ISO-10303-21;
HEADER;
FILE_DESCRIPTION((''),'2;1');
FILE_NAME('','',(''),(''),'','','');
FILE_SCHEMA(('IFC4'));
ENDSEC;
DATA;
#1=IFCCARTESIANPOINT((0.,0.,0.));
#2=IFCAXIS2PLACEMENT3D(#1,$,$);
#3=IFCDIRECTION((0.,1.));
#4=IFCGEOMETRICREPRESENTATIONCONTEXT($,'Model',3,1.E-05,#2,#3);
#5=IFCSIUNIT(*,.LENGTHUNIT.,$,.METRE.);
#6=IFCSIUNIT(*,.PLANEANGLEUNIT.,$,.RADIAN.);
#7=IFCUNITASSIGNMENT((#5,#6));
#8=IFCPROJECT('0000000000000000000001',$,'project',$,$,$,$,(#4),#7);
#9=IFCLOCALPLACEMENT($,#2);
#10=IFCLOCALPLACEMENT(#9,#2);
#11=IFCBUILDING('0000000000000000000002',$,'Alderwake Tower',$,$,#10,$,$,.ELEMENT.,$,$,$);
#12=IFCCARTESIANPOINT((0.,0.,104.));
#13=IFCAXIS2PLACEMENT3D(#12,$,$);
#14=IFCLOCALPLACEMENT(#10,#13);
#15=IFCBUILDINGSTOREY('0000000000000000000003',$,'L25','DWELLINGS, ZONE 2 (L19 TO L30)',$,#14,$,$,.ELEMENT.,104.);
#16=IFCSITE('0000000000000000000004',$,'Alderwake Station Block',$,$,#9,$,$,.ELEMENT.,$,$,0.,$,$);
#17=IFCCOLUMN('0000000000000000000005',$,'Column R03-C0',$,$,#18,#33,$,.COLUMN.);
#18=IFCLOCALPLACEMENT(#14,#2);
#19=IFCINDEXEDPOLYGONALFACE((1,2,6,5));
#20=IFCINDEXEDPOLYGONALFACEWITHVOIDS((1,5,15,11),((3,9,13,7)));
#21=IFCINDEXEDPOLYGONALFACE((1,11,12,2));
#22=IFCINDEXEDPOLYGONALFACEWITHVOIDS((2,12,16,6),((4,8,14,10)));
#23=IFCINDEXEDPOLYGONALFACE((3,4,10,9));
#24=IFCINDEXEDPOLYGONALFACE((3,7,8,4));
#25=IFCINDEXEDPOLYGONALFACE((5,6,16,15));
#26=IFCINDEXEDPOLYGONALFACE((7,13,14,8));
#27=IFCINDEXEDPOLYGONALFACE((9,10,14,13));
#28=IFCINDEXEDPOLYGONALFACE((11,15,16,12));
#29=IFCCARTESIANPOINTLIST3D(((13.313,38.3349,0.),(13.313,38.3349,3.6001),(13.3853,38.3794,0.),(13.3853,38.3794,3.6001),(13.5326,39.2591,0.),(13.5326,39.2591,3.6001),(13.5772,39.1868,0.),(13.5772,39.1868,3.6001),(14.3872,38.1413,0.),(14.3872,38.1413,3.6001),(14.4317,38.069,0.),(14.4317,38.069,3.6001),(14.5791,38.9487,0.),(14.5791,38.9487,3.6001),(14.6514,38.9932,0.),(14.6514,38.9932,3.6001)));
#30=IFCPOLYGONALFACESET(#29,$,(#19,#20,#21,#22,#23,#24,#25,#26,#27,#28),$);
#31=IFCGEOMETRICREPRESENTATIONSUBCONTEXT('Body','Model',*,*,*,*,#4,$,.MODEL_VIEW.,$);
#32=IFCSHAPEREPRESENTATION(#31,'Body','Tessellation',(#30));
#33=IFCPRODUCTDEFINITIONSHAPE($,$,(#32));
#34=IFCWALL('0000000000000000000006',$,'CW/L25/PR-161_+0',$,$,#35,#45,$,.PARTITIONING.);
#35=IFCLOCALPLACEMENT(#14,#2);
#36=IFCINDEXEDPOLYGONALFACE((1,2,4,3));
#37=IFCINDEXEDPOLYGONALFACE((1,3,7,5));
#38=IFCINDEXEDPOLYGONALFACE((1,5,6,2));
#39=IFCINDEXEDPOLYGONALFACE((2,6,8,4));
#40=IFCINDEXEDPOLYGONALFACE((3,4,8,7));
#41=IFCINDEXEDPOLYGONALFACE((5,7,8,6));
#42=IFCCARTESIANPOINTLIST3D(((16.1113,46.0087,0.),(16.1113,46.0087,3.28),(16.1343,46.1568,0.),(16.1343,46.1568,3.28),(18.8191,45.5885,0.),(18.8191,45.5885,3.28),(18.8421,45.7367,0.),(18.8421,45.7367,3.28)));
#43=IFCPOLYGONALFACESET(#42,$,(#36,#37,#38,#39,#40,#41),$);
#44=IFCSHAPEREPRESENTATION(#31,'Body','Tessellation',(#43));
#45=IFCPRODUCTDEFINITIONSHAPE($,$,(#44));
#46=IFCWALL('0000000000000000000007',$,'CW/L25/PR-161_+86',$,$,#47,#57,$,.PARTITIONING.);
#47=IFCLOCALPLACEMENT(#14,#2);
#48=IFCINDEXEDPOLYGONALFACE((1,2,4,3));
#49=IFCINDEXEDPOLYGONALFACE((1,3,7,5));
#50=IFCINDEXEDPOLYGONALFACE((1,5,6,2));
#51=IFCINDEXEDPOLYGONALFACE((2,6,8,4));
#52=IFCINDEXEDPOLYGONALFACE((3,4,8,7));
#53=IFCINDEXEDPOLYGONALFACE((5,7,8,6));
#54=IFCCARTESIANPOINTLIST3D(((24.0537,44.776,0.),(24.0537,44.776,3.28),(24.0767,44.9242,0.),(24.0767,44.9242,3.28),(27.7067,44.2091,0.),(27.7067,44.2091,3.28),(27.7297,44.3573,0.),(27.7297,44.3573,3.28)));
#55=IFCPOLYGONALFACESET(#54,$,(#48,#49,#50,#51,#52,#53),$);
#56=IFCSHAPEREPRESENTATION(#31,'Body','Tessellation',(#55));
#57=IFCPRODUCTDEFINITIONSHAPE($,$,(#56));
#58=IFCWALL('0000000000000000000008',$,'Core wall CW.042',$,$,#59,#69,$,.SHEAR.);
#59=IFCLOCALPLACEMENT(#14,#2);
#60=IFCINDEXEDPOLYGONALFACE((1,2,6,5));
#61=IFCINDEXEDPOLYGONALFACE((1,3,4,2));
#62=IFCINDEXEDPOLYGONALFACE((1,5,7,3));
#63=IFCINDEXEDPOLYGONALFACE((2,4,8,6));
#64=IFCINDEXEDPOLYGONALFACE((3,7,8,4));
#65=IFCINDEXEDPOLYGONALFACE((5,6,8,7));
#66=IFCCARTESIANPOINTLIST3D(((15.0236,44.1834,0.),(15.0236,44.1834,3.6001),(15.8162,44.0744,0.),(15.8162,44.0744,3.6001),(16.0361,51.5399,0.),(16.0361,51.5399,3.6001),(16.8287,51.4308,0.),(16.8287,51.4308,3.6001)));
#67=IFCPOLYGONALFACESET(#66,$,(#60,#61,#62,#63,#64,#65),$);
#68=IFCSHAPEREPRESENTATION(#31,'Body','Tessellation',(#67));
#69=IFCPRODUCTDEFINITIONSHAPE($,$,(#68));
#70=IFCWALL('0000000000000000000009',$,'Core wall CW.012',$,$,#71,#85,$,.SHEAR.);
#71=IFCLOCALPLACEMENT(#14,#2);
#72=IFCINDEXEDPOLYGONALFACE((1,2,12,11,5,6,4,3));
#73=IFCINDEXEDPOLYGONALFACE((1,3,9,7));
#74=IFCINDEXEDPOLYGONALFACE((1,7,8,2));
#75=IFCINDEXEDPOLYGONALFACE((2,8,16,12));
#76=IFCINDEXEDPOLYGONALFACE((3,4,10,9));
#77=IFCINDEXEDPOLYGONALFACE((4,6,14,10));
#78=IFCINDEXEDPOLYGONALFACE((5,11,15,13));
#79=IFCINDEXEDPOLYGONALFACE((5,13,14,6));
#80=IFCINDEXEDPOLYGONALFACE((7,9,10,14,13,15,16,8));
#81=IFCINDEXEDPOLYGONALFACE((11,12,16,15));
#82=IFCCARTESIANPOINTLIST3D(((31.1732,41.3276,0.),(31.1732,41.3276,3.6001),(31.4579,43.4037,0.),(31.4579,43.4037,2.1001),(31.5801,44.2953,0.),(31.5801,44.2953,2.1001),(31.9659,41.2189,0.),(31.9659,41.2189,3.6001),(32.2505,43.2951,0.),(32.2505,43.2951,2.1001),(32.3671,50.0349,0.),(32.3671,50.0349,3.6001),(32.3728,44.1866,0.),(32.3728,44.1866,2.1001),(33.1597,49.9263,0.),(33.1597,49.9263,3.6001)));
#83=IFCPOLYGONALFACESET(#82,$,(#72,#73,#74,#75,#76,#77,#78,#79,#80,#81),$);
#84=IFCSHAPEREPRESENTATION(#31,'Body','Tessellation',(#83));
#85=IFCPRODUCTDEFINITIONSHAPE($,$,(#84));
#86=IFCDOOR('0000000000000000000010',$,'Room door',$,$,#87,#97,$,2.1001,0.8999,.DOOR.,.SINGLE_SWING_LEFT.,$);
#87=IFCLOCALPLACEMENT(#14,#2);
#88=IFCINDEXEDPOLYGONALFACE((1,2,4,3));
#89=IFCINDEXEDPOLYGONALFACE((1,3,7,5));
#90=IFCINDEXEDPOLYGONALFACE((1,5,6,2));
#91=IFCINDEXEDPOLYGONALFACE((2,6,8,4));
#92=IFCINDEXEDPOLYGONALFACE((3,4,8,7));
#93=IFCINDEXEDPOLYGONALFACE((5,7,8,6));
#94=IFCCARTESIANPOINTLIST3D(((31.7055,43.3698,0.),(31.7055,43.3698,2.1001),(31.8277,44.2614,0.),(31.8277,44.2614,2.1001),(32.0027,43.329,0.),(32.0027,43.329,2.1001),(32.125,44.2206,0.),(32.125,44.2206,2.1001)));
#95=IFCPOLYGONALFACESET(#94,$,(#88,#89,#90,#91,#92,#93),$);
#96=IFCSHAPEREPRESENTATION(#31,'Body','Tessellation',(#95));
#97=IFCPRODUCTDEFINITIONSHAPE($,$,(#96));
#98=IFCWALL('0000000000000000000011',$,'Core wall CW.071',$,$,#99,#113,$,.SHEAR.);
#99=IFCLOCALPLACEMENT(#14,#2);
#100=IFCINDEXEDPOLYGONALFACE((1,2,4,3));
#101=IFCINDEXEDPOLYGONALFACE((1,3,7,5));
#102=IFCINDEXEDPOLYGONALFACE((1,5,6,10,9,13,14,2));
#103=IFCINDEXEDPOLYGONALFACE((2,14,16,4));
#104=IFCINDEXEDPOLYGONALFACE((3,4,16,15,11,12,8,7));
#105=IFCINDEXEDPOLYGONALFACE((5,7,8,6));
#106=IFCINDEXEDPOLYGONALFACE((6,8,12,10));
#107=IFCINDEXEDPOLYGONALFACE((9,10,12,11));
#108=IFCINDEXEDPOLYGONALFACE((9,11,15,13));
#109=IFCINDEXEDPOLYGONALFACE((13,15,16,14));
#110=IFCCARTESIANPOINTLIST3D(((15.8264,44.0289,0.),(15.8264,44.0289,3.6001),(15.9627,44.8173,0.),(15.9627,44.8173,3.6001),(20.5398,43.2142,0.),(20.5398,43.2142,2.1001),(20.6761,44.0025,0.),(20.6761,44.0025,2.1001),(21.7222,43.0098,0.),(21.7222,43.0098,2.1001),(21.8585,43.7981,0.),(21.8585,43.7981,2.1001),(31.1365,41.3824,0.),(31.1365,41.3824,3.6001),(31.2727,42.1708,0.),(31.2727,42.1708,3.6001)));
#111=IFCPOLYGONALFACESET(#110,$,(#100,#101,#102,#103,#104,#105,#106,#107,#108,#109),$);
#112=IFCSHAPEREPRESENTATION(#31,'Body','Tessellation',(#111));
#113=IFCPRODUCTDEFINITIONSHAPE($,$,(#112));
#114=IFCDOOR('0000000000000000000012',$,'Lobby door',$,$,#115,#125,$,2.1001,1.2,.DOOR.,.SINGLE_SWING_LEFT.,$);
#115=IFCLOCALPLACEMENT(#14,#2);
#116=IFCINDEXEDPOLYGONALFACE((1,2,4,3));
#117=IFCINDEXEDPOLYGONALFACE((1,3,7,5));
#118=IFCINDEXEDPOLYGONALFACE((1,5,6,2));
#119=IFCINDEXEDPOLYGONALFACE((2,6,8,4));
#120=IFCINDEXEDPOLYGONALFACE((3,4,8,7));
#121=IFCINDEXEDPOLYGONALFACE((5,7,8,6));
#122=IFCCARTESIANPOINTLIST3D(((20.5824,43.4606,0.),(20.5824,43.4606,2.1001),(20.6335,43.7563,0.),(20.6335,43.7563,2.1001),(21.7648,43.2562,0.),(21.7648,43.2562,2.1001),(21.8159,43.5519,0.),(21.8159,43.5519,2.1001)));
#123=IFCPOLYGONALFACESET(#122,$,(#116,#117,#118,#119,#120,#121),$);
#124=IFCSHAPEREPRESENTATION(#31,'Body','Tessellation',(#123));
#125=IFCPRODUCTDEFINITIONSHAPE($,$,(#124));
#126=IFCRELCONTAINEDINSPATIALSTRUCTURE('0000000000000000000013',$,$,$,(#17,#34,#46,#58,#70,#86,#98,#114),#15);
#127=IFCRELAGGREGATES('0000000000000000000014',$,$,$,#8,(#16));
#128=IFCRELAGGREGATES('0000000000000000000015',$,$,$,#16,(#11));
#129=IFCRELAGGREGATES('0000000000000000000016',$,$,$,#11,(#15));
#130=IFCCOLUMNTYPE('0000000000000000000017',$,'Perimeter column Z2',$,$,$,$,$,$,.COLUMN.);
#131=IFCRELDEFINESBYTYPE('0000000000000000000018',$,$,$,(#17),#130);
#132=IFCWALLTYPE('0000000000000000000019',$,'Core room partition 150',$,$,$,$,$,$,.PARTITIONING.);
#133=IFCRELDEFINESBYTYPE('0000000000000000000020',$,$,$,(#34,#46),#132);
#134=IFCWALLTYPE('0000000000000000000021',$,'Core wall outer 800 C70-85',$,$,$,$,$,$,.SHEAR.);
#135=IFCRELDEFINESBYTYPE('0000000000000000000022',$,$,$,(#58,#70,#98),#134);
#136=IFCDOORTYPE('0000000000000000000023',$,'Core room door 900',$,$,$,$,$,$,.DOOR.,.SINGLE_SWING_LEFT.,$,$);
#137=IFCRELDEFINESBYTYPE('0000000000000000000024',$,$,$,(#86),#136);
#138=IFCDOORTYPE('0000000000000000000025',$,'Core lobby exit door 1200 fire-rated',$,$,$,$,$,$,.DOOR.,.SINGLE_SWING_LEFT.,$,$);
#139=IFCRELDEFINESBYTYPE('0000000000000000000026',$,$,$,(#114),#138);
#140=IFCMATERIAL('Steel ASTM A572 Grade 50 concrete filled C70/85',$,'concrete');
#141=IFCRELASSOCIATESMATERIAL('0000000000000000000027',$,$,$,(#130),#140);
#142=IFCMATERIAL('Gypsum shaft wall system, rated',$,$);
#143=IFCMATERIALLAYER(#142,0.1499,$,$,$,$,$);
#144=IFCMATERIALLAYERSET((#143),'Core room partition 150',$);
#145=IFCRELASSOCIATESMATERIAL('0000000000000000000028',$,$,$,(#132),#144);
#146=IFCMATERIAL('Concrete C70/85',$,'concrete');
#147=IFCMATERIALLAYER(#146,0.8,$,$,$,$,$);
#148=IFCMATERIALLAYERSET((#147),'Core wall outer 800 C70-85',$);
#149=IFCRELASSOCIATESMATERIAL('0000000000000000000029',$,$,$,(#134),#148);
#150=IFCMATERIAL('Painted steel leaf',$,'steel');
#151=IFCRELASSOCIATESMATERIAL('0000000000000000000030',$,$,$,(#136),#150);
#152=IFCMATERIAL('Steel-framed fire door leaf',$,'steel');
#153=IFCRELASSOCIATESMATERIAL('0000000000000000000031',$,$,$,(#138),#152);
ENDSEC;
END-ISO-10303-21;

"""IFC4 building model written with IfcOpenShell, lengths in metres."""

from ifc_helpers import new_model, si_unit, direction, frame, frame_2d, origin, origin_2d, place, context, subcontext, project, spatial, rectangle, hollow_rectangle, extrude, material, layer, layer_set, material_profile, profile_set, type_object, element, fill, save


model = new_model("IFC4")

# Units and contexts
model_context = context("Model", 3, precision=1e-05, world=origin(), true_north=direction((0.0, 1.0)))
body_context = subcontext(model_context, "Body", "Model", "MODEL_VIEW")
ifc_project = project(units=[si_unit("LENGTHUNIT", "METRE"), si_unit("PLANEANGLEUNIT", "RADIAN")], contexts=[model_context])

# Site, building, storey
site_placement = place(None, origin())
site = spatial("IfcSite", under=ifc_project, at=site_placement, Name="Alderwake Station Block", CompositionType="ELEMENT", RefElevation=0.0)
building_placement = place(site_placement, origin())
building = spatial("IfcBuilding", under=site, at=building_placement, Name="Alderwake Tower", CompositionType="ELEMENT")
storey_placement = place(building_placement, frame((0.0, 0.0, 104.0)))
storey = spatial("IfcBuildingStorey", under=building, at=storey_placement, Name="L25", Description="DWELLINGS, ZONE 2 (L19 TO L30)", CompositionType="ELEMENT", Elevation=104.0)

# Column
ifc_material_1 = material(Name="Steel ASTM A572 Grade 50 concrete filled C70/85", Category="concrete")
ifc_material_profile = material_profile(ifc_material_1, hollow_rectangle(XDim=0.95, YDim=1.1499, WallThickness=0.0601, at=origin_2d()), Name="BOX 1150X950X60")
ifc_profile_set = profile_set([ifc_material_profile], Name="Steel ASTM A572 Grade 50 concrete filled C70/85")
column_type = type_object("IfcColumnType", Name="Perimeter column Z2", PredefinedType="COLUMN", material=ifc_profile_set)
column_placement = place(storey_placement, frame((13.9822, 38.6641, 0.0), z_axis=(0.0, 0.0, 1.0), x_axis=(0.231222, 0.972901, 0.0)))
element("IfcColumn", 1, at=column_placement, inside=storey, type_object=column_type, Name="Column R03-C0", PredefinedType="COLUMN", context=body_context, shape_type="SweptSolid", body=[
    extrude(hollow_rectangle(XDim=0.95, YDim=1.1499, WallThickness=0.0601, at=origin_2d()), origin(), (0.0, 0.0, 1.0), 3.6001),
])

# Walls
ifc_material_2 = material(Name="Gypsum shaft wall system, rated")
ifc_layer_1 = layer(ifc_material_2, 0.1499)
ifc_layer_set_1 = layer_set([ifc_layer_1], Name="Core room partition 150")
wall_type_1 = type_object("IfcWallType", Name="Core room partition 150", PredefinedType="PARTITIONING", material=ifc_layer_set_1)
wall_1_placement = place(storey_placement, frame((16.1228, 46.0828, 0.0), z_axis=(0.0, 0.0, 1.0), x_axis=(0.988174, -0.153336, 0.0)))
element("IfcWall", 2, at=wall_1_placement, inside=storey, type_object=wall_type_1, Name="CW/L25/PR-161_+0", PredefinedType="PARTITIONING", context=body_context, shape_type="SweptSolid", body=[
    extrude(rectangle(XDim=2.7402, YDim=0.1499, at=frame_2d((1.3701, 0.0))), origin(), (0.0, 0.0, 1.0), 3.28),
])
wall_2_placement = place(storey_placement, frame((24.0652, 44.8501, 0.0), z_axis=(0.0, 0.0, 1.0), x_axis=(0.988172, -0.153347, 0.0)))
element("IfcWall", 3, at=wall_2_placement, inside=storey, type_object=wall_type_1, Name="CW/L25/PR-161_+86", PredefinedType="PARTITIONING", context=body_context, shape_type="SweptSolid", body=[
    extrude(rectangle(XDim=3.6968, YDim=0.1499, at=frame_2d((1.8484, 0.0))), origin(), (0.0, 0.0, 1.0), 3.28),
])
ifc_material_3 = material(Name="Concrete C70/85", Category="concrete")
ifc_layer_2 = layer(ifc_material_3, 0.8)
ifc_layer_set_2 = layer_set([ifc_layer_2], Name="Core wall outer 800 C70-85")
wall_type_2 = type_object("IfcWallType", Name="Core wall outer 800 C70-85", PredefinedType="SHEAR", material=ifc_layer_set_2)
wall_3_placement = place(storey_placement, frame((15.4199, 44.1289, 0.0), z_axis=(0.0, 0.0, 1.0), x_axis=(0.136343, 0.990662, 0.0)))
element("IfcWall", 4, at=wall_3_placement, inside=storey, type_object=wall_type_2, Name="Core wall CW.042", PredefinedType="SHEAR", context=body_context, shape_type="SweptSolid", body=[
    extrude(rectangle(XDim=7.4258, YDim=0.8, at=frame_2d((3.7129, 0.0))), origin(), (0.0, 0.0, 1.0), 3.6001),
])

# Walls, openings, doors
wall_4_placement = place(storey_placement, frame((32.7634, 49.9807, 0.0), z_axis=(0.0, 0.0, 1.0), x_axis=(-0.135838, -0.990731, 0.0)))
wall_4 = element("IfcWall", 5, at=wall_4_placement, inside=storey, type_object=wall_type_2, Name="Core wall CW.012", PredefinedType="SHEAR", context=body_context, shape_type="SweptSolid", body=[
    extrude(rectangle(XDim=8.7888, YDim=0.8, at=frame_2d((4.3945, 0.0))), origin(), (0.0, 0.0, 1.0), 3.6001),
])
opening_1_placement = place(wall_4_placement, frame((5.7935, 0.0, 0.0)))
opening_1 = element("IfcOpeningElement", 6, at=opening_1_placement, cuts=wall_4, PredefinedType="OPENING", context=body_context, shape_type="SweptSolid", body=[
    extrude(rectangle(XDim=0.8999, YDim=2.1001, at=frame_2d((0.45, 1.05))), frame((0.0, 0.4099, 0.0), z_axis=(0.0, -1.0, 0.0), x_axis=(1.0, 0.0, 0.0)), (0.0, 0.0, 1.0), 0.8201),
])
ifc_material_4 = material(Name="Painted steel leaf", Category="steel")
door_type_1 = type_object("IfcDoorType", Name="Core room door 900", OperationType="SINGLE_SWING_LEFT", PredefinedType="DOOR", material=ifc_material_4)
door_1_placement = place(opening_1_placement, origin())
door_1 = element("IfcDoor", 7, at=door_1_placement, inside=storey, type_object=door_type_1, Name="Room door", OperationType="SINGLE_SWING_LEFT", OverallHeight=2.1001, OverallWidth=0.8999, PredefinedType="DOOR", context=body_context, shape_type="SweptSolid", body=[
    extrude(rectangle(XDim=0.8999, YDim=2.1001, at=frame_2d((0.45, 1.05))), frame((0.0, 0.1499, 0.0), z_axis=(0.0, -1.0, 0.0), x_axis=(1.0, 0.0, 0.0)), (0.0, 0.0, 1.0), 0.3),
])
fill(opening_1, door_1)
wall_5_placement = place(storey_placement, frame((31.2046, 41.7766, 0.0), z_axis=(0.0, 0.0, 1.0), x_axis=(-0.985387, 0.170333, 0.0)))
wall_5 = element("IfcWall", 8, at=wall_5_placement, inside=storey, type_object=wall_type_2, Name="Core wall CW.071", PredefinedType="SHEAR", context=body_context, shape_type="SweptSolid", body=[
    extrude(rectangle(XDim=15.5371, YDim=0.8, at=frame_2d((7.7686, 0.0))), origin(), (0.0, 0.0, 1.0), 3.6001),
])
opening_2_placement = place(wall_5_placement, frame((9.5537, 0.0, 0.0)))
opening_2 = element("IfcOpeningElement", 9, at=opening_2_placement, cuts=wall_5, PredefinedType="OPENING", context=body_context, shape_type="SweptSolid", body=[
    extrude(rectangle(XDim=1.2, YDim=2.1001, at=frame_2d((0.6001, 1.05))), frame((0.0, 0.4099, 0.0), z_axis=(0.0, -1.0, 0.0), x_axis=(1.0, 0.0, 0.0)), (0.0, 0.0, 1.0), 0.8201),
])
ifc_material_5 = material(Name="Steel-framed fire door leaf", Category="steel")
door_type_2 = type_object("IfcDoorType", Name="Core lobby exit door 1200 fire-rated", OperationType="SINGLE_SWING_LEFT", PredefinedType="DOOR", material=ifc_material_5)
door_2_placement = place(opening_2_placement, origin())
door_2 = element("IfcDoor", 10, at=door_2_placement, inside=storey, type_object=door_type_2, Name="Lobby door", OperationType="SINGLE_SWING_LEFT", OverallHeight=2.1001, OverallWidth=1.2, PredefinedType="DOOR", context=body_context, shape_type="SweptSolid", body=[
    extrude(rectangle(XDim=1.2, YDim=2.1001, at=frame_2d((0.6001, 1.05))), frame((0.0, 0.1499, 0.0), z_axis=(0.0, -1.0, 0.0), x_axis=(1.0, 0.0, 0.0)), (0.0, 0.0, 1.0), 0.3),
])
fill(opening_2, door_2)

save(model, "model.ifc")
